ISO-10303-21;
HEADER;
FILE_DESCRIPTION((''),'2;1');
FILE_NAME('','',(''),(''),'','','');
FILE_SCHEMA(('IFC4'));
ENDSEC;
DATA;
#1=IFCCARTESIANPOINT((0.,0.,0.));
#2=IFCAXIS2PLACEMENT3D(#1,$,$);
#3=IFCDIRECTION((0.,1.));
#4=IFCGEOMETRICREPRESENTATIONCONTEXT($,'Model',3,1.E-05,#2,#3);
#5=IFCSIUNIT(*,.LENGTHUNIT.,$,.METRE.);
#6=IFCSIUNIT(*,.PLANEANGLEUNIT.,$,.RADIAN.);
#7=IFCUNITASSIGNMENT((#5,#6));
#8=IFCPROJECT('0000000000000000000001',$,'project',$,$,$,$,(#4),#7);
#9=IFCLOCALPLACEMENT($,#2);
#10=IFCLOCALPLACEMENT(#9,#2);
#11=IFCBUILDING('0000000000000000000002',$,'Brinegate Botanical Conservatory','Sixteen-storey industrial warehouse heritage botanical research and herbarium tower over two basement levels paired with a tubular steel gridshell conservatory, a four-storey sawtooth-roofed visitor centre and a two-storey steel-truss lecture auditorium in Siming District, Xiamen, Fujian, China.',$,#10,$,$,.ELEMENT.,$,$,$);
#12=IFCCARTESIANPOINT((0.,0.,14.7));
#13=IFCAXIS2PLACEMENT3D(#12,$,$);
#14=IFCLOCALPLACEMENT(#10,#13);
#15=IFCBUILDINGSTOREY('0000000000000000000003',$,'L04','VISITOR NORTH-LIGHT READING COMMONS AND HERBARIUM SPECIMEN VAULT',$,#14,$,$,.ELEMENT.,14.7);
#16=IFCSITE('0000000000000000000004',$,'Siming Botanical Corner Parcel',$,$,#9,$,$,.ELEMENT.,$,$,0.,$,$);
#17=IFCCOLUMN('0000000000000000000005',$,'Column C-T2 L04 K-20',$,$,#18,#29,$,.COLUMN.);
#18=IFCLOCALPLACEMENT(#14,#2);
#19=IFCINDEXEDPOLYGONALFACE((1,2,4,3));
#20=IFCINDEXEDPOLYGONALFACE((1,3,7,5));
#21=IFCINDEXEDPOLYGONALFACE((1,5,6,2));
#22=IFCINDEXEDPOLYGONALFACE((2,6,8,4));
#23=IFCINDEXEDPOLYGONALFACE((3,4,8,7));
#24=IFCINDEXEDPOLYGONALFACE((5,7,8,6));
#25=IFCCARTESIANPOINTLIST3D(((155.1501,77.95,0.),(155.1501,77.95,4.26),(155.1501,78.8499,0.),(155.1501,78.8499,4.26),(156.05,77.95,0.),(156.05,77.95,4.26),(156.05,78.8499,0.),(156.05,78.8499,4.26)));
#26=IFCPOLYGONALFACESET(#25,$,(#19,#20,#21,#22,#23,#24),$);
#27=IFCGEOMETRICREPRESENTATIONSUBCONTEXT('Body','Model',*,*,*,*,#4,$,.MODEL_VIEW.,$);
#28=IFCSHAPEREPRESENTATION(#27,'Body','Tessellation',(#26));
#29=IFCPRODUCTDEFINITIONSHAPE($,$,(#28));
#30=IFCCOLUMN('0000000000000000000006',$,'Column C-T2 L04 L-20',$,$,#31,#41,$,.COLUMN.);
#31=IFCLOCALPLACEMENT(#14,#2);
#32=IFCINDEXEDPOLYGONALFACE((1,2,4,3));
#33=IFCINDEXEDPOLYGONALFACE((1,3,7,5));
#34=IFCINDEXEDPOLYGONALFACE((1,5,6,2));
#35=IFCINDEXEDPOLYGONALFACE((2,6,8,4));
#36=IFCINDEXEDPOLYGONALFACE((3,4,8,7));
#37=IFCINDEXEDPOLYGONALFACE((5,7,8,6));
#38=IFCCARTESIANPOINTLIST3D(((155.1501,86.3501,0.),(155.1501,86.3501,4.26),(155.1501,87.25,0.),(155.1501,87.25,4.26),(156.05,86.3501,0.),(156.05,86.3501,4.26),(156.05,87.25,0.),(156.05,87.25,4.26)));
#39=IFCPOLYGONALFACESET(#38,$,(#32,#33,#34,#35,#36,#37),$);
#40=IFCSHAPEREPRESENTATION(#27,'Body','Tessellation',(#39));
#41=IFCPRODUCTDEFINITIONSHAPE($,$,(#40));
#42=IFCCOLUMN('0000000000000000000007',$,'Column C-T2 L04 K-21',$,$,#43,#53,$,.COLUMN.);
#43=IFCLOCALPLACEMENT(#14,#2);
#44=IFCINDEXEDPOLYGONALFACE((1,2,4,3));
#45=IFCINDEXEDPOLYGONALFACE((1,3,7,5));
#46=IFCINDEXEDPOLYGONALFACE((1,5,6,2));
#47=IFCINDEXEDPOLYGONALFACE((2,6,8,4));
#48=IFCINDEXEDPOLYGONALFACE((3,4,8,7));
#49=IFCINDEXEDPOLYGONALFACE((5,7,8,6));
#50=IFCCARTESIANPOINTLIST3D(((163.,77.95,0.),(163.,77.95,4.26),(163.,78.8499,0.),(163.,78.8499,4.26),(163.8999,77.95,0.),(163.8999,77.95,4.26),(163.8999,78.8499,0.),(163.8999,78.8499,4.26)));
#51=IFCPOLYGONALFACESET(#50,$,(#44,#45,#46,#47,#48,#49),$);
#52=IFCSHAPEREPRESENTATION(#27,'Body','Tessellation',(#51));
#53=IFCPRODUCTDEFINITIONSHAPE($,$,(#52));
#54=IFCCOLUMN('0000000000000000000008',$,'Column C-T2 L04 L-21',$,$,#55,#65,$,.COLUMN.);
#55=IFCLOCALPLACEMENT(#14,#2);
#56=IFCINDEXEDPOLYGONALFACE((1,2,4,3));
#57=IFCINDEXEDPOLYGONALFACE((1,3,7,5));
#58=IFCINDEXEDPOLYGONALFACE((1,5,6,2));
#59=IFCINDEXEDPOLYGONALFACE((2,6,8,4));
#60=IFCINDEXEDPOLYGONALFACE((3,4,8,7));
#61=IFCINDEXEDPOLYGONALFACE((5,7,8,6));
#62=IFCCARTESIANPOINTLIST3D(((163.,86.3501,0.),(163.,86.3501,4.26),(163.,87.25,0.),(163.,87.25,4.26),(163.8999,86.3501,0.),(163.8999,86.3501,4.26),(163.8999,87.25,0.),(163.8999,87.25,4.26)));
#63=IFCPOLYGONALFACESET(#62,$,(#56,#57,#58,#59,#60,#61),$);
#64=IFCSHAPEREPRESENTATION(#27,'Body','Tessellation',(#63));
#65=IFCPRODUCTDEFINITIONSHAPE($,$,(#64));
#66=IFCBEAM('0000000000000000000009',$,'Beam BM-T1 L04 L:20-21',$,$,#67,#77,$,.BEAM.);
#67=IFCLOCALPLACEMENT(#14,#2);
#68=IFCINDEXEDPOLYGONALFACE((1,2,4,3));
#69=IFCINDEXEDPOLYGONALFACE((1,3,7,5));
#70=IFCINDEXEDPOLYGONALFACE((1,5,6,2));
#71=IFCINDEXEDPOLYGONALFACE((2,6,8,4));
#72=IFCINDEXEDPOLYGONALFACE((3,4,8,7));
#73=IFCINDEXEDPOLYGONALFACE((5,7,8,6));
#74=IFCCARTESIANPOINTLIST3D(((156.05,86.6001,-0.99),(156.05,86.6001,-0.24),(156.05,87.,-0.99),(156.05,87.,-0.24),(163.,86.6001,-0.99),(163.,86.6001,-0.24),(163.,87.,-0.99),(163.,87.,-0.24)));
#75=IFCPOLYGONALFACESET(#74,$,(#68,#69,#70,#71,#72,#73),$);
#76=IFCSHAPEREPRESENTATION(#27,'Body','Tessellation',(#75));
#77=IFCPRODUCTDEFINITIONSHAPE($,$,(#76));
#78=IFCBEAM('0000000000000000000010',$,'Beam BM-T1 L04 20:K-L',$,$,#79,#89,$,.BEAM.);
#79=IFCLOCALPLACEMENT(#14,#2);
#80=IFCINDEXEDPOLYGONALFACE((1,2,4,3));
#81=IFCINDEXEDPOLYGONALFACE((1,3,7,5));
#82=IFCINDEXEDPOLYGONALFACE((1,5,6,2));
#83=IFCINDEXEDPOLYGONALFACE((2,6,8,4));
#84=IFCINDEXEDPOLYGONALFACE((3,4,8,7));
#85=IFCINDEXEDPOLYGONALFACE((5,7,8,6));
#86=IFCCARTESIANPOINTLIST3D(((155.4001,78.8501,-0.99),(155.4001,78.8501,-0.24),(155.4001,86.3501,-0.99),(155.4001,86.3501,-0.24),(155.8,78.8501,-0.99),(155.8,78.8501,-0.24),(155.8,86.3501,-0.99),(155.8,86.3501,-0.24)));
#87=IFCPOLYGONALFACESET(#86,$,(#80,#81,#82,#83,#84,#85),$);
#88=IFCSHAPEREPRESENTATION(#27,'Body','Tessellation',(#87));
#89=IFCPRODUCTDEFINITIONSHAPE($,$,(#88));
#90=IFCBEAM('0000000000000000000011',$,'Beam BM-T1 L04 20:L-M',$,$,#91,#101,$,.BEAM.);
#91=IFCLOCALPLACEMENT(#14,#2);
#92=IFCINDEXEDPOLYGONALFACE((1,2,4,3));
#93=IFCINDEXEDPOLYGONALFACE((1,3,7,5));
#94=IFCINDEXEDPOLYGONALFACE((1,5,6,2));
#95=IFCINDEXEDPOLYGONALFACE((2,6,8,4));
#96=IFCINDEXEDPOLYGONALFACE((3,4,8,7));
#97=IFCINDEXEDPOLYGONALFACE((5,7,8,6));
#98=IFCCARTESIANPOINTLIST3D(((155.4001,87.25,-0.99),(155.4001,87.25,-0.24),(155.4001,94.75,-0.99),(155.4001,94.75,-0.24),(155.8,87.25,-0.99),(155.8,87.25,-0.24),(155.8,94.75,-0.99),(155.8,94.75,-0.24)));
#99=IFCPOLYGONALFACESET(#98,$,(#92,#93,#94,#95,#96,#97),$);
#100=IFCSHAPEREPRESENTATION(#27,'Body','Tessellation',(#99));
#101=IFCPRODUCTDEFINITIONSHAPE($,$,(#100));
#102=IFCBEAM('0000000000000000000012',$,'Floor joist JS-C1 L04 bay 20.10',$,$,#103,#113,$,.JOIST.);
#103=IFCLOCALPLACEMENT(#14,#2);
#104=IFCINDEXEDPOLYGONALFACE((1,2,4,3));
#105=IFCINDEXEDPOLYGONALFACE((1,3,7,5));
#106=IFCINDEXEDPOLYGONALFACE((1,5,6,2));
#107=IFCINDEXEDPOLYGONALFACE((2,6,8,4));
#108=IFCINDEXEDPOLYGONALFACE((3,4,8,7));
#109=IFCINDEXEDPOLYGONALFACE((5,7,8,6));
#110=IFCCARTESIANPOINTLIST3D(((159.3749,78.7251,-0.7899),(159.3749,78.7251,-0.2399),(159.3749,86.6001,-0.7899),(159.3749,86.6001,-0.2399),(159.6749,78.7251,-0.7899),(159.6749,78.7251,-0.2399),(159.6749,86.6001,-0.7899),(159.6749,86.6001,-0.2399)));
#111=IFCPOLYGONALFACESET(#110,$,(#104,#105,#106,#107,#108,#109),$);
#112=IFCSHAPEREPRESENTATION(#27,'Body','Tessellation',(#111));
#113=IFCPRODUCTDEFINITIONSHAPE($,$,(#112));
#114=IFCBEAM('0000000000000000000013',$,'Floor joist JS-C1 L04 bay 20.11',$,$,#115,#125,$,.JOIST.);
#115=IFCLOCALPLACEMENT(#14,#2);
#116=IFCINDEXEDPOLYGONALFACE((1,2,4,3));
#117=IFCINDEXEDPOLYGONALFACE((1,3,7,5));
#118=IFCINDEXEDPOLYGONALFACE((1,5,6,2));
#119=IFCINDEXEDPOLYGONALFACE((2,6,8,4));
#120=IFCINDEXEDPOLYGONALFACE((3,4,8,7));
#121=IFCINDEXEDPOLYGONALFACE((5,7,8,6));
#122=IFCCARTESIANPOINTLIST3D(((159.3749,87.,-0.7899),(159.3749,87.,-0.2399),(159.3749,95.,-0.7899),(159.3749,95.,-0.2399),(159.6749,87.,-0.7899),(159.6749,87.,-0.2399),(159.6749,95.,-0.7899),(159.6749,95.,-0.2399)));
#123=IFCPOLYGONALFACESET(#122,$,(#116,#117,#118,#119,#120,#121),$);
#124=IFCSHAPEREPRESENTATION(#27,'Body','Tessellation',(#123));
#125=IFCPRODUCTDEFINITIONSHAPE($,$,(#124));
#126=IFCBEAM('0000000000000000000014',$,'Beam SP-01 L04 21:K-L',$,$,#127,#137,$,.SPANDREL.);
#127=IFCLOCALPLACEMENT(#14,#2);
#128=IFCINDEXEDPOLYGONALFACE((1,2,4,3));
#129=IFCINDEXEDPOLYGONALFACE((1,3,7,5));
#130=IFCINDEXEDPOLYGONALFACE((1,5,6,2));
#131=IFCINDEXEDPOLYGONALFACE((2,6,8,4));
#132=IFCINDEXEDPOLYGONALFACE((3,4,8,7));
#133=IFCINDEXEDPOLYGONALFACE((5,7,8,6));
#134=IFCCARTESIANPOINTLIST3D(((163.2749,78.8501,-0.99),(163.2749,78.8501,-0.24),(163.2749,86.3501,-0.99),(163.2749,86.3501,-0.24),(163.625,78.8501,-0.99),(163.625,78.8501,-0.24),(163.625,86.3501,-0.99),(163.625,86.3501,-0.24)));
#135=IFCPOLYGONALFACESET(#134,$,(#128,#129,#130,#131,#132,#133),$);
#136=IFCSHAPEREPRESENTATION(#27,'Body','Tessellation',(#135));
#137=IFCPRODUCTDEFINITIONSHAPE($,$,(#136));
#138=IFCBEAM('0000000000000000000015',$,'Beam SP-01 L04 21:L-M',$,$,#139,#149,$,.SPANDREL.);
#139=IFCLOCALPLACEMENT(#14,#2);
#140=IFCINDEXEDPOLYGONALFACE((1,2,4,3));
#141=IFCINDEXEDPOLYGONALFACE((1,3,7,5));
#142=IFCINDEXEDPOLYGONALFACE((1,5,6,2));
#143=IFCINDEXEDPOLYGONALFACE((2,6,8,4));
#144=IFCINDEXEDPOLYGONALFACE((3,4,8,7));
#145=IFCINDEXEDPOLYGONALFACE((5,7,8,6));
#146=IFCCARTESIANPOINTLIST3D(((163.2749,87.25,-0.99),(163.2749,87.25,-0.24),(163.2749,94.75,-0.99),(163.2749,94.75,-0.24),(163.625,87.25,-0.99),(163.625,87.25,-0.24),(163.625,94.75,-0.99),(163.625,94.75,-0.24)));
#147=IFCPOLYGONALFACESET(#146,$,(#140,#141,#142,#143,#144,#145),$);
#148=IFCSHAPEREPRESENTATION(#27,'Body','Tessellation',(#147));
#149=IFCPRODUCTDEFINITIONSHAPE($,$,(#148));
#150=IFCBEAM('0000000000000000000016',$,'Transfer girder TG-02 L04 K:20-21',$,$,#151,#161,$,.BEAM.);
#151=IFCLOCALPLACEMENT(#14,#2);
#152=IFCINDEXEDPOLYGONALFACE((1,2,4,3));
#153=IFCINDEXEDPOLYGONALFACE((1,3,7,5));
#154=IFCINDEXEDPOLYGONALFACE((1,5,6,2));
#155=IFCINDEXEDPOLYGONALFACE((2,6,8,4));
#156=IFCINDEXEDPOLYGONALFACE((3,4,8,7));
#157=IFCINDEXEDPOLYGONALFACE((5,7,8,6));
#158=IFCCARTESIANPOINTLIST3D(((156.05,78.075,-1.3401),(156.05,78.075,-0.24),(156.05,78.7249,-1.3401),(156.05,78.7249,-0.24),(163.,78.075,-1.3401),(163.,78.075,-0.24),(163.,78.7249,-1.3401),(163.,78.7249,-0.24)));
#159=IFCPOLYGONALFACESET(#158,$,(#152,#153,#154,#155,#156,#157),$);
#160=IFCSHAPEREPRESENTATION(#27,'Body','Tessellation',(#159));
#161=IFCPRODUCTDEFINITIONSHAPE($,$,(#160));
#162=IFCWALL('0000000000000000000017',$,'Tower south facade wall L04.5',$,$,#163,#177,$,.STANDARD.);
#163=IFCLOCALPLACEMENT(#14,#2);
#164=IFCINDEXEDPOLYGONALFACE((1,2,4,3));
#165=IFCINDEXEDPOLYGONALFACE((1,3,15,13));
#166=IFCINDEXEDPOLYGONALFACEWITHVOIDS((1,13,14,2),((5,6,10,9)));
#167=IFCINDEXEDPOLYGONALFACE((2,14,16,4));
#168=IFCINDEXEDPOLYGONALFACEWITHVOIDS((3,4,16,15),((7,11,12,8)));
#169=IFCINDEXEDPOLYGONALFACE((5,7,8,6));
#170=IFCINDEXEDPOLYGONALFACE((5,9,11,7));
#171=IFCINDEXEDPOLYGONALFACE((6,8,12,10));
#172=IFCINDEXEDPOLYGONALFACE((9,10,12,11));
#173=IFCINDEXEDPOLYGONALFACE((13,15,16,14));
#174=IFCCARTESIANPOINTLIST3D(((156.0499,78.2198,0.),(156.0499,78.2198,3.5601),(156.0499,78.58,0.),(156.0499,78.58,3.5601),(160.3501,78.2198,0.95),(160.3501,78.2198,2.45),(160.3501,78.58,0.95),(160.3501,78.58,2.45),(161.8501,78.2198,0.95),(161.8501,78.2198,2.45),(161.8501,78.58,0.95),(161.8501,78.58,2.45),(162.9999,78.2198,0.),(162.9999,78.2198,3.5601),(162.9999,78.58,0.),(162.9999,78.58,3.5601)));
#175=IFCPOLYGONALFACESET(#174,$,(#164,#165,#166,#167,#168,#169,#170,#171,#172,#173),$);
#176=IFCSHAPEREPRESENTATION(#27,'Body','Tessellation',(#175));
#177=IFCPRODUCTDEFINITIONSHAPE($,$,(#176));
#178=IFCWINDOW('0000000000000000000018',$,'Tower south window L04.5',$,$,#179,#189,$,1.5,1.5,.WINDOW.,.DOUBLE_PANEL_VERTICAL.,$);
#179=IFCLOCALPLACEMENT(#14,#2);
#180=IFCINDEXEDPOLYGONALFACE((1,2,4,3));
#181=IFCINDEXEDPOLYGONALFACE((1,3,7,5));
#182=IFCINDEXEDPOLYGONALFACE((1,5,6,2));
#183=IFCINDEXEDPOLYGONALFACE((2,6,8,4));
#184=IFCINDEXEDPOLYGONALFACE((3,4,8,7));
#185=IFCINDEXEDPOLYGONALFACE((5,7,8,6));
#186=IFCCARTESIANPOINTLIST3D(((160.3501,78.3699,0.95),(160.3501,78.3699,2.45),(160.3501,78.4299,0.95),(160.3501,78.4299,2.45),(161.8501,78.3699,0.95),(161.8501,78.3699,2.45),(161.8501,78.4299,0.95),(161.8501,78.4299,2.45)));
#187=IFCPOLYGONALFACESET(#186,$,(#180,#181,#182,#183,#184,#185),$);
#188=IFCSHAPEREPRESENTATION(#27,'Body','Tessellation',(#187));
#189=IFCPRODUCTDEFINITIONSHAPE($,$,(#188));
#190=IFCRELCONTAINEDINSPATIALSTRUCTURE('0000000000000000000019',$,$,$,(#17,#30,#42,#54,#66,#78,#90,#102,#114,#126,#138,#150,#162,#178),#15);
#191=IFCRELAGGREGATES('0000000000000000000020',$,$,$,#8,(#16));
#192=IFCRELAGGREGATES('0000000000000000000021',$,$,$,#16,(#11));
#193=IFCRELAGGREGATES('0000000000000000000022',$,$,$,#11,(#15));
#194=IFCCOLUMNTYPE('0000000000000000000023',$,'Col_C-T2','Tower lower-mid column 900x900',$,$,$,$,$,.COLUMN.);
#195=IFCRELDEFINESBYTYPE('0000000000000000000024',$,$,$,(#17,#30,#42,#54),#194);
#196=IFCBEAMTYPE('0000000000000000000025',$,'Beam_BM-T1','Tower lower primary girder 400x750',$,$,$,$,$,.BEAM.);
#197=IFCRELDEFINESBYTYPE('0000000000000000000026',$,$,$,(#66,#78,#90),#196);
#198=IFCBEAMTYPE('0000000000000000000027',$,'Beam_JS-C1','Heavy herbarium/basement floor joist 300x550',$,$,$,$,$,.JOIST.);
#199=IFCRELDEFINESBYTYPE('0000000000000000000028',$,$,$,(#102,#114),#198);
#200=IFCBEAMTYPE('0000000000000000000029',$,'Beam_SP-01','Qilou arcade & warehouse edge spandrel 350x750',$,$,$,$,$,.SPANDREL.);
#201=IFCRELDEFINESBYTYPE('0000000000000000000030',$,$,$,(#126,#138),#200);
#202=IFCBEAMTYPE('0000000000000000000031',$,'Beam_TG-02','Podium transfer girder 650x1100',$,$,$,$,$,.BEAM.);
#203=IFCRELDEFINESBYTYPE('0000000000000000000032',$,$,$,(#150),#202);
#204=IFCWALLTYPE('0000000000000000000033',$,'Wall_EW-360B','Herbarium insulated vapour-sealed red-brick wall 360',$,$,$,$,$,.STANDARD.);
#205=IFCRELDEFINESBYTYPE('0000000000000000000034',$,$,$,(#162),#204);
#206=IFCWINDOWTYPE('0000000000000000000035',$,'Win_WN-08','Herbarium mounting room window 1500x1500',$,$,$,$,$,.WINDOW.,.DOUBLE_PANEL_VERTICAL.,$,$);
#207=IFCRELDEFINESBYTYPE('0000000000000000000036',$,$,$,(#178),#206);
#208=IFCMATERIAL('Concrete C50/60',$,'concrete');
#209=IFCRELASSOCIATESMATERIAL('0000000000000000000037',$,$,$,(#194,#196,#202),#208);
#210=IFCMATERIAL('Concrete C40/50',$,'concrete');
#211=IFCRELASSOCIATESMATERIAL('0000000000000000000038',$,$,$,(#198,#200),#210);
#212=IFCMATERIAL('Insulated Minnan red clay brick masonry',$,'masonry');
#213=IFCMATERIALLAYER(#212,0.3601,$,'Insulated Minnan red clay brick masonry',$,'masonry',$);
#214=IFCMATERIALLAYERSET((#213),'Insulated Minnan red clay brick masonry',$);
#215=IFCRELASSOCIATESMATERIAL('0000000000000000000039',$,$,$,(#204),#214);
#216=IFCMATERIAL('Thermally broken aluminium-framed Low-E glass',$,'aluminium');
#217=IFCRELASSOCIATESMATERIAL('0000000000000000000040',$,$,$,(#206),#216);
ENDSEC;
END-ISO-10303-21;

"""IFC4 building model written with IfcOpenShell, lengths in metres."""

from ifc_helpers import new_model, si_unit, direction, frame, frame_2d, origin, origin_2d, place, context, subcontext, project, spatial, rectangle, extrude, material, layer, layer_set, material_profile, profile_set, type_object, element, fill, save


model = new_model("IFC4")

# Units and contexts
model_context = context("Model", 3, precision=1e-05, world=origin(), true_north=direction((0.0, 1.0)))
body_context = subcontext(model_context, "Body", "Model", "MODEL_VIEW")
ifc_project = project(units=[si_unit("LENGTHUNIT", "METRE"), si_unit("PLANEANGLEUNIT", "RADIAN")], contexts=[model_context])

# Site, building, storey
site_placement = place(None, origin())
site = spatial("IfcSite", under=ifc_project, at=site_placement, Name="Siming Botanical Corner Parcel", CompositionType="ELEMENT", RefElevation=0.0)
building_placement = place(site_placement, origin())
building = spatial("IfcBuilding", under=site, at=building_placement, Name="Brinegate Botanical Conservatory", Description="Sixteen-storey industrial warehouse heritage botanical research and herbarium tower over two basement levels paired with a tubular steel gridshell conservatory, a four-storey sawtooth-roofed visitor centre and a two-storey steel-truss lecture auditorium in Siming District, Xiamen, Fujian, China.", CompositionType="ELEMENT")
storey_placement = place(building_placement, frame((0.0, 0.0, 14.7)))
storey = spatial("IfcBuildingStorey", under=building, at=storey_placement, Name="L04", Description="VISITOR NORTH-LIGHT READING COMMONS AND HERBARIUM SPECIMEN VAULT", CompositionType="ELEMENT", Elevation=14.7)

# Columns
ifc_material_1 = material(Name="Concrete C50/60", Category="concrete")
ifc_material_profile_1 = material_profile(ifc_material_1, rectangle(XDim=0.8999, YDim=0.8999, at=origin_2d()), Name="RC COL 900x900")
ifc_profile_set_1 = profile_set([ifc_material_profile_1], Name="Concrete C50/60")
column_type = type_object("IfcColumnType", Name="Col_C-T2", Description="Tower lower-mid column 900x900", PredefinedType="COLUMN", material=ifc_profile_set_1)
for number, where, z_axis, x_axis, name in (
    (1, (155.6001, 78.3999, 0.0), (0.0, 0.0, 1.0), (1.0, 0.0, 0.0), "Column C-T2 L04 K-20"),
    (2, (155.6001, 86.8, 0.0), (0.0, 0.0, 1.0), (1.0, 0.0, 0.0), "Column C-T2 L04 L-20"),
    (3, (163.45, 78.3999, 0.0), (0.0, 0.0, 1.0), (1.0, 0.0, 0.0), "Column C-T2 L04 K-21"),
    (4, (163.45, 86.8, 0.0), (0.0, 0.0, 1.0), (1.0, 0.0, 0.0), "Column C-T2 L04 L-21"),
):
    element("IfcColumn", number, at=place(storey_placement, frame(where, z_axis=z_axis, x_axis=x_axis)), inside=storey, type_object=column_type, Name=name, PredefinedType="COLUMN", context=body_context, shape_type="SweptSolid", body=[
        extrude(rectangle(XDim=0.8999, YDim=0.8999, at=origin_2d()), origin(), (0.0, 0.0, 1.0), 4.26),
    ])

# Beams
ifc_material_profile_2 = material_profile(ifc_material_1, rectangle(XDim=0.3999, YDim=0.75, at=origin_2d()), Name="RC BM 400x750")
ifc_profile_set_2 = profile_set([ifc_material_profile_2], Name="Concrete C50/60")
beam_type_1 = type_object("IfcBeamType", Name="Beam_BM-T1", Description="Tower lower primary girder 400x750", PredefinedType="BEAM", material=ifc_profile_set_2)
beam_1_placement = place(storey_placement, frame((156.05, 86.8, -0.615), z_axis=(1.0, 0.0, 0.0), x_axis=(0.0, 1.0, 0.0)))
element("IfcBeam", 5, at=beam_1_placement, inside=storey, type_object=beam_type_1, Name="Beam BM-T1 L04 L:20-21", PredefinedType="BEAM", context=body_context, shape_type="SweptSolid", body=[
    extrude(rectangle(XDim=0.3999, YDim=0.75, at=origin_2d()), origin(), (0.0, 0.0, 1.0), 6.95),
])
for number, where, z_axis, x_axis, name in (
    (6, (155.6001, 78.8501, -0.615), (0.0, 1.0, 0.0), (-1.0, 0.0, 0.0), "Beam BM-T1 L04 20:K-L"),
    (7, (155.6001, 87.25, -0.615), (0.0, 1.0, 0.0), (-1.0, 0.0, 0.0), "Beam BM-T1 L04 20:L-M"),
):
    element("IfcBeam", number, at=place(storey_placement, frame(where, z_axis=z_axis, x_axis=x_axis)), inside=storey, type_object=beam_type_1, Name=name, PredefinedType="BEAM", context=body_context, shape_type="SweptSolid", body=[
        extrude(rectangle(XDim=0.3999, YDim=0.75, at=origin_2d()), origin(), (0.0, 0.0, 1.0), 7.5),
    ])
ifc_material_2 = material(Name="Concrete C40/50", Category="concrete")
ifc_material_profile_3 = material_profile(ifc_material_2, rectangle(XDim=0.3, YDim=0.55, at=origin_2d()), Name="RC JST 300x550")
ifc_profile_set_3 = profile_set([ifc_material_profile_3], Name="Concrete C40/50")
beam_type_2 = type_object("IfcBeamType", Name="Beam_JS-C1", Description="Heavy herbarium/basement floor joist 300x550", PredefinedType="JOIST", material=ifc_profile_set_3)
beam_2_placement = place(storey_placement, frame((159.5249, 78.7251, -0.5149), z_axis=(0.0, 1.0, 0.0), x_axis=(-1.0, 0.0, 0.0)))
element("IfcBeam", 8, at=beam_2_placement, inside=storey, type_object=beam_type_2, Name="Floor joist JS-C1 L04 bay 20.10", PredefinedType="JOIST", context=body_context, shape_type="SweptSolid", body=[
    extrude(rectangle(XDim=0.3, YDim=0.55, at=origin_2d()), origin(), (0.0, 0.0, 1.0), 7.875),
])
beam_3_placement = place(storey_placement, frame((159.5249, 87.0, -0.5149), z_axis=(0.0, 1.0, 0.0), x_axis=(-1.0, 0.0, 0.0)))
element("IfcBeam", 9, at=beam_3_placement, inside=storey, type_object=beam_type_2, Name="Floor joist JS-C1 L04 bay 20.11", PredefinedType="JOIST", context=body_context, shape_type="SweptSolid", body=[
    extrude(rectangle(XDim=0.3, YDim=0.55, at=origin_2d()), origin(), (0.0, 0.0, 1.0), 8.0),
])
ifc_material_profile_4 = material_profile(ifc_material_2, rectangle(XDim=0.3501, YDim=0.75, at=origin_2d()), Name="RC SPN 350x750")
ifc_profile_set_4 = profile_set([ifc_material_profile_4], Name="Concrete C40/50")
beam_type_3 = type_object("IfcBeamType", Name="Beam_SP-01", Description="Qilou arcade & warehouse edge spandrel 350x750", PredefinedType="SPANDREL", material=ifc_profile_set_4)
for number, where, z_axis, x_axis, name in (
    (10, (163.45, 78.8501, -0.615), (0.0, 1.0, 0.0), (-1.0, 0.0, 0.0), "Beam SP-01 L04 21:K-L"),
    (11, (163.45, 87.25, -0.615), (0.0, 1.0, 0.0), (-1.0, 0.0, 0.0), "Beam SP-01 L04 21:L-M"),
):
    element("IfcBeam", number, at=place(storey_placement, frame(where, z_axis=z_axis, x_axis=x_axis)), inside=storey, type_object=beam_type_3, Name=name, PredefinedType="SPANDREL", context=body_context, shape_type="SweptSolid", body=[
        extrude(rectangle(XDim=0.3501, YDim=0.75, at=origin_2d()), origin(), (0.0, 0.0, 1.0), 7.5),
    ])
ifc_material_profile_5 = material_profile(ifc_material_1, rectangle(XDim=0.6499, YDim=1.1001, at=origin_2d()), Name="RC TG 650x1100")
ifc_profile_set_5 = profile_set([ifc_material_profile_5], Name="Concrete C50/60")
beam_type_4 = type_object("IfcBeamType", Name="Beam_TG-02", Description="Podium transfer girder 650x1100", PredefinedType="BEAM", material=ifc_profile_set_5)
beam_4_placement = place(storey_placement, frame((156.05, 78.3999, -0.79), z_axis=(1.0, 0.0, 0.0), x_axis=(0.0, 1.0, 0.0)))
element("IfcBeam", 12, at=beam_4_placement, inside=storey, type_object=beam_type_4, Name="Transfer girder TG-02 L04 K:20-21", PredefinedType="BEAM", context=body_context, shape_type="SweptSolid", body=[
    extrude(rectangle(XDim=0.6499, YDim=1.1001, at=origin_2d()), origin(), (0.0, 0.0, 1.0), 6.95),
])

# Wall, opening, window
ifc_material_3 = material(Name="Insulated Minnan red clay brick masonry", Category="masonry")
ifc_layer_1 = layer(ifc_material_3, 0.3601, Name="Insulated Minnan red clay brick masonry", Category="masonry")
ifc_layer_set_1 = layer_set([ifc_layer_1], Name="Insulated Minnan red clay brick masonry")
wall_type_1 = type_object("IfcWallType", Name="Wall_EW-360B", Description="Herbarium insulated vapour-sealed red-brick wall 360", PredefinedType="STANDARD", material=ifc_layer_set_1)
wall_1_placement = place(storey_placement, frame((163.0, 78.3999, 0.0), z_axis=(0.0, 0.0, 1.0), x_axis=(-1.0, 0.0, 0.0)))
wall_1 = element("IfcWall", 13, at=wall_1_placement, inside=storey, type_object=wall_type_1, Name="Tower south facade wall L04.5", PredefinedType="STANDARD", context=body_context, shape_type="SweptSolid", body=[
    extrude(rectangle(XDim=6.95, YDim=0.3601, at=frame_2d((3.4751, 0.0))), origin(), (0.0, 0.0, 1.0), 3.5601),
])
opening_1_placement = place(wall_1_placement, frame((1.1499, 0.0, 0.95)))
opening_1 = element("IfcOpeningElement", 14, at=opening_1_placement, cuts=wall_1, PredefinedType="OPENING", context=body_context, shape_type="SweptSolid", body=[
    extrude(rectangle(XDim=1.5, YDim=1.5, at=frame_2d((0.75, 0.75))), frame((0.0, 0.1899, 0.0), z_axis=(0.0, -1.0, 0.0), x_axis=(1.0, 0.0, 0.0)), (0.0, 0.0, 1.0), 0.3801),
])
ifc_material_4 = material(Name="Thermally broken aluminium-framed Low-E glass", Category="aluminium")
window_type_1 = type_object("IfcWindowType", Name="Win_WN-08", Description="Herbarium mounting room window 1500x1500", PartitioningType="DOUBLE_PANEL_VERTICAL", PredefinedType="WINDOW", material=ifc_material_4)
window_1_placement = place(opening_1_placement, origin())
window_1 = element("IfcWindow", 15, at=window_1_placement, inside=storey, type_object=window_type_1, Name="Tower south window L04.5", OverallHeight=1.5, OverallWidth=1.5, PartitioningType="DOUBLE_PANEL_VERTICAL", PredefinedType="WINDOW", context=body_context, shape_type="SweptSolid", body=[
    extrude(rectangle(XDim=1.5, YDim=1.5, at=frame_2d((0.75, 0.75))), frame((0.0, 0.03, 0.0), z_axis=(0.0, -1.0, 0.0), x_axis=(1.0, 0.0, 0.0)), (0.0, 0.0, 1.0), 0.0601),
])
fill(opening_1, window_1)

save(model, "model.ifc")
